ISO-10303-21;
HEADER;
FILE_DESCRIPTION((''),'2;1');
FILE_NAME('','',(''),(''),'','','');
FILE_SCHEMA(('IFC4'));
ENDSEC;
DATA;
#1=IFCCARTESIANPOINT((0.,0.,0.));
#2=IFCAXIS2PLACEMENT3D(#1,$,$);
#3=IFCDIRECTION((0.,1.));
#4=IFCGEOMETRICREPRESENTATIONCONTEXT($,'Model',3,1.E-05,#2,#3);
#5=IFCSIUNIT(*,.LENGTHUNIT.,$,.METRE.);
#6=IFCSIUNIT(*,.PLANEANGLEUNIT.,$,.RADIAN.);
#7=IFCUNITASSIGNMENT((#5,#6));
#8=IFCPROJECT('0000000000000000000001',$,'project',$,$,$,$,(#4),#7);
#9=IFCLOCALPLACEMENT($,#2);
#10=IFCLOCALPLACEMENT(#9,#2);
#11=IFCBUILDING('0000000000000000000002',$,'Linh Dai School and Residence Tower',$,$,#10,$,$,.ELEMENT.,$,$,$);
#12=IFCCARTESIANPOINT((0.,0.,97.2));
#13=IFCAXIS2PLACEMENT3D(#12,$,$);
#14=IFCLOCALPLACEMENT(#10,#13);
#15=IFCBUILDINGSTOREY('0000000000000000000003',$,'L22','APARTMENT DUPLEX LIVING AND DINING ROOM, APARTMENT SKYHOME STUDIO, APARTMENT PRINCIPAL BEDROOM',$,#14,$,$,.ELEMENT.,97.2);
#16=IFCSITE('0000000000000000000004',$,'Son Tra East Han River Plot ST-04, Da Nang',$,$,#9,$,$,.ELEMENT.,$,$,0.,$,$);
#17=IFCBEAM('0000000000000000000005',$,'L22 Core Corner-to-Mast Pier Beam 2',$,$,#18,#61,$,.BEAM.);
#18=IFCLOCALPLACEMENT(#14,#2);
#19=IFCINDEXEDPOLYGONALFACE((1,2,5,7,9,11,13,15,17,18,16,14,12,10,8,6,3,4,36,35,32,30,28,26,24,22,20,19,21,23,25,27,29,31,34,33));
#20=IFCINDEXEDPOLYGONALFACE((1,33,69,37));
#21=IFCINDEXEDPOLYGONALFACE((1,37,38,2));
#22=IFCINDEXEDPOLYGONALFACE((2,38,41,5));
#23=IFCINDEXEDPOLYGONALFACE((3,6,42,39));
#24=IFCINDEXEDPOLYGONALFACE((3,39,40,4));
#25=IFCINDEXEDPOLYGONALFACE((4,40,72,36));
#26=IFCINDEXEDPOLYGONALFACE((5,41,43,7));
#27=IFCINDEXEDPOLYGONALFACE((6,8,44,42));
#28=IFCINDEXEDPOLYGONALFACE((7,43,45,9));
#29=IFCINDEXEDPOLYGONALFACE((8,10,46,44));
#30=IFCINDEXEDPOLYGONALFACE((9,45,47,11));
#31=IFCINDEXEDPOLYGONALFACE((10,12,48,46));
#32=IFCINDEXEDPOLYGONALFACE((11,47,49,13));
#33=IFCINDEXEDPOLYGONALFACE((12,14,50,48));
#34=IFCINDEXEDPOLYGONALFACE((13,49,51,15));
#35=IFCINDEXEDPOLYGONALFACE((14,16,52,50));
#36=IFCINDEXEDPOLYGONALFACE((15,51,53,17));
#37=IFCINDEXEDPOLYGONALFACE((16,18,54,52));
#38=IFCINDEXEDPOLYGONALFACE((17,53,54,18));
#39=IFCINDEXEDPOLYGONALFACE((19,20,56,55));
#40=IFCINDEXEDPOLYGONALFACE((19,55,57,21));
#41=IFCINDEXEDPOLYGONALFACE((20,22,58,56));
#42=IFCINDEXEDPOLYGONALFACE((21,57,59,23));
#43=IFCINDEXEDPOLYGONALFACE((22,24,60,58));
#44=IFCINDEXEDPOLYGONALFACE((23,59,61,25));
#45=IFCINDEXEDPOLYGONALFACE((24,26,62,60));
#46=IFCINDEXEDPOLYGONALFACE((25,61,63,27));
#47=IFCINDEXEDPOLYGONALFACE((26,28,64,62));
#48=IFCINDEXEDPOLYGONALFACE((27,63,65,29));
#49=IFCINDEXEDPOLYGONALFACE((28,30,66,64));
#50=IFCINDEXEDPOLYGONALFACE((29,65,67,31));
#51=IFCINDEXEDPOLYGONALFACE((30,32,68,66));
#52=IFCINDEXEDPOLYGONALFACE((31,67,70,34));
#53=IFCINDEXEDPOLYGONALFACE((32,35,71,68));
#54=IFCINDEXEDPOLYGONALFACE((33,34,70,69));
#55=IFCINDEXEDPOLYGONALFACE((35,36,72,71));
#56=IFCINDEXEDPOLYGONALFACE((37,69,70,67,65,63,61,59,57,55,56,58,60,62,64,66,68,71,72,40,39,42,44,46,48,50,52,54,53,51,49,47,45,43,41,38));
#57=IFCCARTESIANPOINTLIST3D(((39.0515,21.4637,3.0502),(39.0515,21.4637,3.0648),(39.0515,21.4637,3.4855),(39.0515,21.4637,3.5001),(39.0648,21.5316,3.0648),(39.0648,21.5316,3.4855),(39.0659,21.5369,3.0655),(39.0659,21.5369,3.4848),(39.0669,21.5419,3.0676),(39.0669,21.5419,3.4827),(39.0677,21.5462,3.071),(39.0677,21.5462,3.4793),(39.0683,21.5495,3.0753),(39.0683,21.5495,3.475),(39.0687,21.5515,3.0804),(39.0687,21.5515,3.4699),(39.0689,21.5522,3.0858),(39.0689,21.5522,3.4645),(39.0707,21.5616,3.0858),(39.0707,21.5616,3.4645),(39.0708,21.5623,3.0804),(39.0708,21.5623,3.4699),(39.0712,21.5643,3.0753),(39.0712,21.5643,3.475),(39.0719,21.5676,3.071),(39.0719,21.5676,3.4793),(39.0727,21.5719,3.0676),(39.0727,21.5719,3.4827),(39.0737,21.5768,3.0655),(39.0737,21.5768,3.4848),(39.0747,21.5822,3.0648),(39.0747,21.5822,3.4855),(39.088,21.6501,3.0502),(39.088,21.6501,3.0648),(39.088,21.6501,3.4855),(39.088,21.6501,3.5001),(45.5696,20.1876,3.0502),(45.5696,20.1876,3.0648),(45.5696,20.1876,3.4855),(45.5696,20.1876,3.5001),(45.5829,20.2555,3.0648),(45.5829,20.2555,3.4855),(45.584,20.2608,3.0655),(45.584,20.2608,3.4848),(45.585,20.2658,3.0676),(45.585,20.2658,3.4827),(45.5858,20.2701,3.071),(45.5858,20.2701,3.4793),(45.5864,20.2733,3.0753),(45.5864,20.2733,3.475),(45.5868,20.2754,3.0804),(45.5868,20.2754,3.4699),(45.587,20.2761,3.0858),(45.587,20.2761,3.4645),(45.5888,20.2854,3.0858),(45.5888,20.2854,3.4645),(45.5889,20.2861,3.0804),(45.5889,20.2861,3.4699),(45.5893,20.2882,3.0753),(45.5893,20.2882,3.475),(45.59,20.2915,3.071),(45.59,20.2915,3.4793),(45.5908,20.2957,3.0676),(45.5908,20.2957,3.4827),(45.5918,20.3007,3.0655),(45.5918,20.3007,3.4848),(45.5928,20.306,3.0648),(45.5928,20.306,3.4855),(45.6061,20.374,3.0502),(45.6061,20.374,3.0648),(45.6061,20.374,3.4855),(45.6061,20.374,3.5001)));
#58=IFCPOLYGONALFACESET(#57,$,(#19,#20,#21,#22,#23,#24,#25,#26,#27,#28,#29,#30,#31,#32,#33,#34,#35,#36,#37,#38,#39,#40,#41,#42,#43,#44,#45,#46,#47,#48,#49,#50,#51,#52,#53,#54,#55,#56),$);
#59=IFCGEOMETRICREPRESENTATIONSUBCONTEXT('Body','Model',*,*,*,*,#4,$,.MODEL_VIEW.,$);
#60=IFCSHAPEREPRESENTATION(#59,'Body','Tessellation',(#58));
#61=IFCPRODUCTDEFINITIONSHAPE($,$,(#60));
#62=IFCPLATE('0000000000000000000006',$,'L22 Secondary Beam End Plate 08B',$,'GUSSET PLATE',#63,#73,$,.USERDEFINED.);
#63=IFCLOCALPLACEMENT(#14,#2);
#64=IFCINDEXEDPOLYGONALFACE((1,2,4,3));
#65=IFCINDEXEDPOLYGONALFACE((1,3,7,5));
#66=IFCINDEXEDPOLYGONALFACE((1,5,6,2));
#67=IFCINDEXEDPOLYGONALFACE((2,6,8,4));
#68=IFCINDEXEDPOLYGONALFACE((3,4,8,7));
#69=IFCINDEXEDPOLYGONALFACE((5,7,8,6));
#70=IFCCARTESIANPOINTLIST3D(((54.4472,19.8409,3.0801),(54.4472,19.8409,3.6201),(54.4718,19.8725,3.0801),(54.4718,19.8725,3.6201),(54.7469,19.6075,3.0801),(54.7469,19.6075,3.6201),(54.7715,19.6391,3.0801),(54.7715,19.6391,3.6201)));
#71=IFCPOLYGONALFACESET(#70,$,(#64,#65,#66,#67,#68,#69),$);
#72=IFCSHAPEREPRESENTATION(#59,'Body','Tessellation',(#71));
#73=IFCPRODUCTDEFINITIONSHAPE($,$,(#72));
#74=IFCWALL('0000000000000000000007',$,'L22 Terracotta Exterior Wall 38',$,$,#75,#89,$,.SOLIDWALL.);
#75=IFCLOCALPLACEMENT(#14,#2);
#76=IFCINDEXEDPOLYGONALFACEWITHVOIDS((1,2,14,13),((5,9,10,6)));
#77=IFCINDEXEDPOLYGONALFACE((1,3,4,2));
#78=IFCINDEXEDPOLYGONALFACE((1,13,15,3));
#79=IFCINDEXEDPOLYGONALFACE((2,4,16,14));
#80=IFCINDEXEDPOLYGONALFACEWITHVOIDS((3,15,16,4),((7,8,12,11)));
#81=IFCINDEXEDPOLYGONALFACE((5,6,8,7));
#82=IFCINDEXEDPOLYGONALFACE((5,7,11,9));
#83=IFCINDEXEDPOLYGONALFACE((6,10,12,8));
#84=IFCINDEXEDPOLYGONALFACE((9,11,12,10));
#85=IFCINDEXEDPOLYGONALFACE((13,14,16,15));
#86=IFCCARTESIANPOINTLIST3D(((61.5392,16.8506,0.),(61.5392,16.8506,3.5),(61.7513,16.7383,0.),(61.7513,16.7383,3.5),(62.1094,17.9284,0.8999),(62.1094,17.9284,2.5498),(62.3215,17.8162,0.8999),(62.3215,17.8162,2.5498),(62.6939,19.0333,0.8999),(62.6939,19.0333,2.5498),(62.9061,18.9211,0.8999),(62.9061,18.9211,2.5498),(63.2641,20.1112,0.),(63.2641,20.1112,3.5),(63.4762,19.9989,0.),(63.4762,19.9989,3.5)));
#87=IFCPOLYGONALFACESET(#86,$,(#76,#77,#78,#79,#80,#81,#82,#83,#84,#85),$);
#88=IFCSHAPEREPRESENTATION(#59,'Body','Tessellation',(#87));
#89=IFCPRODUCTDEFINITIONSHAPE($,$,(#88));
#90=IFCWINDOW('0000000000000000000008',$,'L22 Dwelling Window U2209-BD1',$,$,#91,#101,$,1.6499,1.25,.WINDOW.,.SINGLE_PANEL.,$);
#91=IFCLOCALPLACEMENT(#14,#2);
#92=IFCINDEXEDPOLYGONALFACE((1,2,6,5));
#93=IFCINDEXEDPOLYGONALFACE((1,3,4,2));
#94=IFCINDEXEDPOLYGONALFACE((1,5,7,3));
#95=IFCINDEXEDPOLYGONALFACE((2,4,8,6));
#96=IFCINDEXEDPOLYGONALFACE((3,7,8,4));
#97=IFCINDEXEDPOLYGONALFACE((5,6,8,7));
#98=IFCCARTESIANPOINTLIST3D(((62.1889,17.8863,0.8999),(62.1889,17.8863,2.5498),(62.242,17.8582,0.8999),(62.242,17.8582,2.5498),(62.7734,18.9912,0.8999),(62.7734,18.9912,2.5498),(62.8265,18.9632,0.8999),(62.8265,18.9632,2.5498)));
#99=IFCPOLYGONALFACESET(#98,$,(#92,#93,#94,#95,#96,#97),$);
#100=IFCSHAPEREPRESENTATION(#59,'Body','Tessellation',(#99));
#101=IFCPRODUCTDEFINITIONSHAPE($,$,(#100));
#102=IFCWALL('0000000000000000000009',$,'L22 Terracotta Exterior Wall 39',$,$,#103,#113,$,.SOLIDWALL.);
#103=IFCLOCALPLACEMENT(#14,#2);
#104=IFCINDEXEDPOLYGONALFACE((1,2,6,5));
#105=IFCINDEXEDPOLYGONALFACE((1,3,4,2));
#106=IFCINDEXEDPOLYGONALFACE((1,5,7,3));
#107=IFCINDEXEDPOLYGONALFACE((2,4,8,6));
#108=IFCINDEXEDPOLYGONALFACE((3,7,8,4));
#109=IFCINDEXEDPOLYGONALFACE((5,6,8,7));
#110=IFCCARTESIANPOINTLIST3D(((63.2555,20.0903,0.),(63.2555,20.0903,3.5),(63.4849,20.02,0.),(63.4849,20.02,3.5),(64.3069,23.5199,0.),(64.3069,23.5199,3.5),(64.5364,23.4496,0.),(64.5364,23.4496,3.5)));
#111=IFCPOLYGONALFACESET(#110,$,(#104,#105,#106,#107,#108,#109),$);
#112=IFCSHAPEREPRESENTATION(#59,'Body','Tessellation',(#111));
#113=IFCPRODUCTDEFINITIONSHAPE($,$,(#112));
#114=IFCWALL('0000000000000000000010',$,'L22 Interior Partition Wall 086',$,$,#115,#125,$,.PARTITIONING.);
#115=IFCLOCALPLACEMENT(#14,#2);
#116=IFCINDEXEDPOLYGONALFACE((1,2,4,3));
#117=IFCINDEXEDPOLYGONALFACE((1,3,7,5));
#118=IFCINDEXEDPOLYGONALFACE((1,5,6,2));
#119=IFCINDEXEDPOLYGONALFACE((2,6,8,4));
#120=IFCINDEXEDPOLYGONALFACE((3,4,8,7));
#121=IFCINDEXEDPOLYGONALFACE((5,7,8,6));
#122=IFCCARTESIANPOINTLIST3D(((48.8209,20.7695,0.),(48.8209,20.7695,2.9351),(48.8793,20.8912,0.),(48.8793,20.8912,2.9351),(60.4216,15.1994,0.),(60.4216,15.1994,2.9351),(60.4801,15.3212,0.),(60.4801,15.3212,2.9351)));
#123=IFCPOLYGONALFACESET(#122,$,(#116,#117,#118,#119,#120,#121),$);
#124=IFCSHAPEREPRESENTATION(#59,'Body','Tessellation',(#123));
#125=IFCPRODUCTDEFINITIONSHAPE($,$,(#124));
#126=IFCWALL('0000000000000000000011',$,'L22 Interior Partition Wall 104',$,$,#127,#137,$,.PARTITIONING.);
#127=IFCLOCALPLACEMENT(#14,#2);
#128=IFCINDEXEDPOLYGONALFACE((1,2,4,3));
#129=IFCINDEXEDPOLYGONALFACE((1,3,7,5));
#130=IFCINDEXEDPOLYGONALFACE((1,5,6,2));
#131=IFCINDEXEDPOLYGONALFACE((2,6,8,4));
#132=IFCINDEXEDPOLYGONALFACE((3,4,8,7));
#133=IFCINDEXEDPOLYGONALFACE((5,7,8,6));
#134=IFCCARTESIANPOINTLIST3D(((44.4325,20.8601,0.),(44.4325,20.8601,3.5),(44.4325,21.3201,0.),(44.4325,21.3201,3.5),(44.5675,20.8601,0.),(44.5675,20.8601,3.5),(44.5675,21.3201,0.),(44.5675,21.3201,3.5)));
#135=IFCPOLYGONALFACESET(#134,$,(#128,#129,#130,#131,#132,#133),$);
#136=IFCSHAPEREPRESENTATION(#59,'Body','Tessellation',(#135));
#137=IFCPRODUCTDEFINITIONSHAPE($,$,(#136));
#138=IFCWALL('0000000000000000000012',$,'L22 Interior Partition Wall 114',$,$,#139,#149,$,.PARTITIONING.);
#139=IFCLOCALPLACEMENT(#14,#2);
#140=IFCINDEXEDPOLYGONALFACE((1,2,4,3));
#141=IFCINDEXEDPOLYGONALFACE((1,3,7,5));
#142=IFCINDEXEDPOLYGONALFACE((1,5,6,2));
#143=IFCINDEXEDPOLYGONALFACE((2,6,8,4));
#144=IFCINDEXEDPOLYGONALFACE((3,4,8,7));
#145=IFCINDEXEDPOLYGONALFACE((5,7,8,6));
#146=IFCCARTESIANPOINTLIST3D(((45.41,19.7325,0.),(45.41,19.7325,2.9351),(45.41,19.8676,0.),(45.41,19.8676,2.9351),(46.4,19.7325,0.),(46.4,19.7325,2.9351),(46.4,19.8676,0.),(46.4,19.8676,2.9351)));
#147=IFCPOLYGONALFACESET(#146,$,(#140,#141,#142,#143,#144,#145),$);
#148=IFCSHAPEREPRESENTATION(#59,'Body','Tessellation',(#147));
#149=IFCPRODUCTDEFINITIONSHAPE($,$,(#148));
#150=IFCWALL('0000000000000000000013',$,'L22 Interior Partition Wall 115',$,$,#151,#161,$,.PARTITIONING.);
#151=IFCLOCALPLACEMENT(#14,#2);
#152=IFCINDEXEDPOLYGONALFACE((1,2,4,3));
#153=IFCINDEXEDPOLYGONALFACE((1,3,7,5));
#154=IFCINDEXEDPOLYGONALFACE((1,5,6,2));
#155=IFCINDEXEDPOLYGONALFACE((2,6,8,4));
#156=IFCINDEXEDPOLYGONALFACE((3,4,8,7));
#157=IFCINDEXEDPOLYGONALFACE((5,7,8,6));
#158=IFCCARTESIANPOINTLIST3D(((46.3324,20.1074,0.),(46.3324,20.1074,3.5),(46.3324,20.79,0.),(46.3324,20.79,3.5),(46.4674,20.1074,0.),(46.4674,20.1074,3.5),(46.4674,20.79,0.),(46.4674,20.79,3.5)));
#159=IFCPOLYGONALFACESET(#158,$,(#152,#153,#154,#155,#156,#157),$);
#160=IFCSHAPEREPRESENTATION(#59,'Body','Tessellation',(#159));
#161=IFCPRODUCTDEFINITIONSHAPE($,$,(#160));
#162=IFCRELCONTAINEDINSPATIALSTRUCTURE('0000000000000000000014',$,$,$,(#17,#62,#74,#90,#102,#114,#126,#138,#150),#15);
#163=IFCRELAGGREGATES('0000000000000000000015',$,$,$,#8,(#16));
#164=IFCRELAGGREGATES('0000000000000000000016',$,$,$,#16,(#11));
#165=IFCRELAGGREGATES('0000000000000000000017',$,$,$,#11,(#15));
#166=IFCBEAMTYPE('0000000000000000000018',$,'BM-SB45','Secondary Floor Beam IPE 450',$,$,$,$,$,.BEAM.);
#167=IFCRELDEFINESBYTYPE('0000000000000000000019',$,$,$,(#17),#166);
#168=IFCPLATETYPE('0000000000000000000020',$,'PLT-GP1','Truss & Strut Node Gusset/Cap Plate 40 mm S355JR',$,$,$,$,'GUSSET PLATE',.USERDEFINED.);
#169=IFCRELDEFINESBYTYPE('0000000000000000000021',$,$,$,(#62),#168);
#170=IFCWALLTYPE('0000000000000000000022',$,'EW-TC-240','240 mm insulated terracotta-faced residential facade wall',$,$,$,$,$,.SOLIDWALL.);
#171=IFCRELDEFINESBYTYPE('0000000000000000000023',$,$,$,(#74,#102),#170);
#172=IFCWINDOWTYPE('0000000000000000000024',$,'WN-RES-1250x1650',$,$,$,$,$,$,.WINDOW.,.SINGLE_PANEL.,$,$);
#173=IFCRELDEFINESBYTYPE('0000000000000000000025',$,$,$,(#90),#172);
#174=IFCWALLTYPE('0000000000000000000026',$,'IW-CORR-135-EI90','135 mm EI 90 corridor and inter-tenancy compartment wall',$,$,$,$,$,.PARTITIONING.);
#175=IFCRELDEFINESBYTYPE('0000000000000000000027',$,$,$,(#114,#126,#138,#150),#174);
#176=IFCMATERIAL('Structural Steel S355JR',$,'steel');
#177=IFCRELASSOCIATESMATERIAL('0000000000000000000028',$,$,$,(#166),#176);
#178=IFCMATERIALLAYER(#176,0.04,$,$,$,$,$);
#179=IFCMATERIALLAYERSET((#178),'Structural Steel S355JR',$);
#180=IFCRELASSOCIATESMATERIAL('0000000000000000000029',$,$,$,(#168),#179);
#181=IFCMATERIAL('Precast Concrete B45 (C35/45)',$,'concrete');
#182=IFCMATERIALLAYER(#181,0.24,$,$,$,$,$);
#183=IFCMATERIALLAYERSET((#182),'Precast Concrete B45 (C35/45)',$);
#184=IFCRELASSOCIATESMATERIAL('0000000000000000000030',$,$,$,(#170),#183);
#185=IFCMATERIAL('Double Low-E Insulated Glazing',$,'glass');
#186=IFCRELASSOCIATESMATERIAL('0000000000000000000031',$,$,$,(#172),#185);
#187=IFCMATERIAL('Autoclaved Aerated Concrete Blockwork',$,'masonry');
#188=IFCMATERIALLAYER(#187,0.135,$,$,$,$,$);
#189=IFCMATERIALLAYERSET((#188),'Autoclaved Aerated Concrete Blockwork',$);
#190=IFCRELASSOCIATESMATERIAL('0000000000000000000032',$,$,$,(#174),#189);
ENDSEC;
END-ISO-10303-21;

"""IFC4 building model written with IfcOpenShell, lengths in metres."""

from ifc_helpers import new_model, si_unit, direction, frame, frame_2d, origin, origin_2d, place, context, subcontext, project, spatial, rectangle, i_section, extrude, source, transform, mapped, material, layer, layer_set, material_profile, profile_set, type_object, element, fill, save


model = new_model("IFC4")

# Units and contexts
model_context = context("Model", 3, precision=1e-05, world=origin(), true_north=direction((0.0, 1.0)))
body_context = subcontext(model_context, "Body", "Model", "MODEL_VIEW")
ifc_project = project(units=[si_unit("LENGTHUNIT", "METRE"), si_unit("PLANEANGLEUNIT", "RADIAN")], contexts=[model_context])

# Site, building, storey
site_placement = place(None, origin())
site = spatial("IfcSite", under=ifc_project, at=site_placement, Name="Son Tra East Han River Plot ST-04, Da Nang", CompositionType="ELEMENT", RefElevation=0.0)
building_placement = place(site_placement, origin())
building = spatial("IfcBuilding", under=site, at=building_placement, Name="Linh Dai School and Residence Tower", CompositionType="ELEMENT")
storey_placement = place(building_placement, frame((0.0, 0.0, 97.2)))
storey = spatial("IfcBuildingStorey", under=building, at=storey_placement, Name="L22", Description="APARTMENT DUPLEX LIVING AND DINING ROOM, APARTMENT SKYHOME STUDIO, APARTMENT PRINCIPAL BEDROOM", CompositionType="ELEMENT", Elevation=97.2)

# Shared definitions
ifc_material_1 = material(Name="Structural Steel S355JR", Category="steel")

# Beam
ifc_material_profile_1 = material_profile(ifc_material_1, i_section(OverallWidth=0.1899, OverallDepth=0.45, WebThickness=0.0095, FlangeThickness=0.0146, FilletRadius=0.021, at=origin_2d()), Name="IPE 450")
ifc_profile_set_1 = profile_set([ifc_material_profile_1], Name="Structural Steel S355JR")
beam_type_1 = type_object("IfcBeamType", Name="BM-SB45", Description="Secondary Floor Beam IPE 450", PredefinedType="BEAM", material=ifc_profile_set_1)
beam_1_placement = place(storey_placement, frame((45.5879, 20.2808, 3.2751), z_axis=(-0.981369, 0.192135, 0.0), x_axis=(-0.192135, -0.981369, 0.0)))
element("IfcBeam", 1, at=beam_1_placement, inside=storey, type_object=beam_type_1, Name="L22 Core Corner-to-Mast Pier Beam 2", PredefinedType="BEAM", context=body_context, shape_type="SweptSolid", body=[
    extrude(i_section(OverallWidth=0.1899, OverallDepth=0.45, WebThickness=0.0095, FlangeThickness=0.0146, FilletRadius=0.021, at=origin_2d()), origin(), (0.0, 0.0, 1.0), 6.6418),
])

# Plate
ifc_layer_1 = layer(ifc_material_1, 0.04)
ifc_layer_set_1 = layer_set([ifc_layer_1], Name="Structural Steel S355JR")
plate_type = type_object("IfcPlateType", Name="PLT-GP1", Description="Truss & Strut Node Gusset/Cap Plate 40 mm S355JR", ElementType="GUSSET PLATE", PredefinedType="USERDEFINED", material=ifc_layer_set_1)
shared_shape_1 = source(origin(), body_context, "Body", "SweptSolid", [
    extrude(rectangle(XDim=0.04, YDim=0.3799, at=origin_2d()), origin(), (0.0, 0.0, 1.0), 0.54),
])
plate_placement = place(storey_placement, frame((54.6094, 19.74, 3.0801), z_axis=(0.0, 0.0, 1.0), x_axis=(0.614363, 0.789024, 0.0)))
element("IfcPlate", 2, at=plate_placement, inside=storey, type_object=plate_type, Name="L22 Secondary Beam End Plate 08B", ObjectType="GUSSET PLATE", PredefinedType="USERDEFINED", context=body_context, shape_type="MappedRepresentation", body=[
    mapped(shared_shape_1, transform((0.0, 0.0, 0.0), x_axis=(1.0, 0.0, 0.0), y_axis=(0.0, 1.0, 0.0), z_axis=(0.0, 0.0, 1.0), scale=1.0)),
])

# Wall, opening, window
ifc_material_2 = material(Name="Precast Concrete B45 (C35/45)", Category="concrete")
ifc_layer_2 = layer(ifc_material_2, 0.24)
ifc_layer_set_2 = layer_set([ifc_layer_2], Name="Precast Concrete B45 (C35/45)")
wall_type_1 = type_object("IfcWallType", Name="EW-TC-240", Description="240 mm insulated terracotta-faced residential facade wall", PredefinedType="SOLIDWALL", material=ifc_layer_set_2)
wall_1_placement = place(storey_placement, frame((63.3701, 20.0549, 0.0), z_axis=(0.0, 0.0, 1.0), x_axis=(-0.467614, -0.883933, 0.0)))
wall_1 = element("IfcWall", 3, at=wall_1_placement, inside=storey, type_object=wall_type_1, Name="L22 Terracotta Exterior Wall 38", PredefinedType="SOLIDWALL", context=body_context, shape_type="SweptSolid", body=[
    extrude(rectangle(XDim=3.6887, YDim=0.24, at=frame_2d((1.8442, 0.0))), origin(), (0.0, 0.0, 1.0), 3.5),
])
opening_1_placement = place(wall_1_placement, frame((1.2192, 0.0, 0.8999)))
opening_1 = element("IfcOpeningElement", 4, at=opening_1_placement, cuts=wall_1, PredefinedType="OPENING", context=body_context, shape_type="SweptSolid", body=[
    extrude(rectangle(XDim=1.25, YDim=1.6499, at=origin_2d()), frame((0.625, 0.1299, 0.825), z_axis=(0.0, -1.0, 0.0), x_axis=(1.0, 0.0, 0.0)), (0.0, 0.0, 1.0), 0.26),
])
ifc_material_3 = material(Name="Double Low-E Insulated Glazing", Category="glass")
window_type = type_object("IfcWindowType", Name="WN-RES-1250x1650", PartitioningType="SINGLE_PANEL", PredefinedType="WINDOW", material=ifc_material_3)
shared_shape_2 = source(origin(), body_context, "Body", "SweptSolid", [
    extrude(rectangle(XDim=1.25, YDim=1.6499, at=origin_2d()), frame((0.625, 0.03, 0.825), z_axis=(0.0, -1.0, 0.0), x_axis=(1.0, 0.0, 0.0)), (0.0, 0.0, 1.0), 0.0601),
])
window_placement = place(opening_1_placement, origin())
window = element("IfcWindow", 5, at=window_placement, inside=storey, type_object=window_type, Name="L22 Dwelling Window U2209-BD1", OverallHeight=1.6499, OverallWidth=1.25, PartitioningType="SINGLE_PANEL", PredefinedType="WINDOW", context=body_context, shape_type="MappedRepresentation", body=[
    mapped(shared_shape_2, transform((0.0, 0.0, 0.0), x_axis=(1.0, 0.0, 0.0), y_axis=(0.0, 1.0, 0.0), z_axis=(0.0, 0.0, 1.0), scale=1.0)),
])
fill(opening_1, window)

# Walls
wall_2_placement = place(storey_placement, frame((64.4216, 23.4846, 0.0), z_axis=(0.0, 0.0, 1.0), x_axis=(-0.293124, -0.956074, 0.0)))
element("IfcWall", 6, at=wall_2_placement, inside=storey, type_object=wall_type_1, Name="L22 Terracotta Exterior Wall 39", PredefinedType="SOLIDWALL", context=body_context, shape_type="SweptSolid", body=[
    extrude(rectangle(XDim=3.5872, YDim=0.24, at=frame_2d((1.7935, 0.0))), origin(), (0.0, 0.0, 1.0), 3.5),
])
ifc_material_4 = material(Name="Autoclaved Aerated Concrete Blockwork", Category="masonry")
ifc_layer_3 = layer(ifc_material_4, 0.135)
ifc_layer_set_3 = layer_set([ifc_layer_3], Name="Autoclaved Aerated Concrete Blockwork")
wall_type_2 = type_object("IfcWallType", Name="IW-CORR-135-EI90", Description="135 mm EI 90 corridor and inter-tenancy compartment wall", PredefinedType="PARTITIONING", material=ifc_layer_set_3)
wall_3_placement = place(storey_placement, frame((48.8501, 20.8303, 0.0), z_axis=(0.0, 0.0, 1.0), x_axis=(0.901472, -0.432837, 0.0)))
element("IfcWall", 7, at=wall_3_placement, inside=storey, type_object=wall_type_2, Name="L22 Interior Partition Wall 086", PredefinedType="PARTITIONING", context=body_context, shape_type="SweptSolid", body=[
    extrude(rectangle(XDim=12.8687, YDim=0.135, at=frame_2d((6.4343, 0.0))), origin(), (0.0, 0.0, 1.0), 2.9351),
])
wall_4_placement = place(storey_placement, frame((44.5, 20.8601, 0.0), z_axis=(0.0, 0.0, 1.0), x_axis=(0.0, 1.0, 0.0)))
element("IfcWall", 8, at=wall_4_placement, inside=storey, type_object=wall_type_2, Name="L22 Interior Partition Wall 104", PredefinedType="PARTITIONING", context=body_context, shape_type="SweptSolid", body=[
    extrude(rectangle(XDim=0.46, YDim=0.135, at=frame_2d((0.23, 0.0))), origin(), (0.0, 0.0, 1.0), 3.5),
])
wall_5_placement = place(storey_placement, frame((45.4099, 19.8, 0.0), z_axis=(0.0, 0.0, 1.0), x_axis=(1.0, 0.0, 0.0)))
element("IfcWall", 9, at=wall_5_placement, inside=storey, type_object=wall_type_2, Name="L22 Interior Partition Wall 114", PredefinedType="PARTITIONING", context=body_context, shape_type="SweptSolid", body=[
    extrude(rectangle(XDim=0.99, YDim=0.135, at=frame_2d((0.4951, 0.0))), origin(), (0.0, 0.0, 1.0), 2.9351),
])
wall_6_placement = place(storey_placement, frame((46.3999, 20.1074, 0.0), z_axis=(0.0, 0.0, 1.0), x_axis=(0.0, 1.0, 0.0)))
element("IfcWall", 10, at=wall_6_placement, inside=storey, type_object=wall_type_2, Name="L22 Interior Partition Wall 115", PredefinedType="PARTITIONING", context=body_context, shape_type="SweptSolid", body=[
    extrude(rectangle(XDim=0.6826, YDim=0.135, at=frame_2d((0.3413, 0.0))), origin(), (0.0, 0.0, 1.0), 3.5),
])

save(model, "model.ifc")
